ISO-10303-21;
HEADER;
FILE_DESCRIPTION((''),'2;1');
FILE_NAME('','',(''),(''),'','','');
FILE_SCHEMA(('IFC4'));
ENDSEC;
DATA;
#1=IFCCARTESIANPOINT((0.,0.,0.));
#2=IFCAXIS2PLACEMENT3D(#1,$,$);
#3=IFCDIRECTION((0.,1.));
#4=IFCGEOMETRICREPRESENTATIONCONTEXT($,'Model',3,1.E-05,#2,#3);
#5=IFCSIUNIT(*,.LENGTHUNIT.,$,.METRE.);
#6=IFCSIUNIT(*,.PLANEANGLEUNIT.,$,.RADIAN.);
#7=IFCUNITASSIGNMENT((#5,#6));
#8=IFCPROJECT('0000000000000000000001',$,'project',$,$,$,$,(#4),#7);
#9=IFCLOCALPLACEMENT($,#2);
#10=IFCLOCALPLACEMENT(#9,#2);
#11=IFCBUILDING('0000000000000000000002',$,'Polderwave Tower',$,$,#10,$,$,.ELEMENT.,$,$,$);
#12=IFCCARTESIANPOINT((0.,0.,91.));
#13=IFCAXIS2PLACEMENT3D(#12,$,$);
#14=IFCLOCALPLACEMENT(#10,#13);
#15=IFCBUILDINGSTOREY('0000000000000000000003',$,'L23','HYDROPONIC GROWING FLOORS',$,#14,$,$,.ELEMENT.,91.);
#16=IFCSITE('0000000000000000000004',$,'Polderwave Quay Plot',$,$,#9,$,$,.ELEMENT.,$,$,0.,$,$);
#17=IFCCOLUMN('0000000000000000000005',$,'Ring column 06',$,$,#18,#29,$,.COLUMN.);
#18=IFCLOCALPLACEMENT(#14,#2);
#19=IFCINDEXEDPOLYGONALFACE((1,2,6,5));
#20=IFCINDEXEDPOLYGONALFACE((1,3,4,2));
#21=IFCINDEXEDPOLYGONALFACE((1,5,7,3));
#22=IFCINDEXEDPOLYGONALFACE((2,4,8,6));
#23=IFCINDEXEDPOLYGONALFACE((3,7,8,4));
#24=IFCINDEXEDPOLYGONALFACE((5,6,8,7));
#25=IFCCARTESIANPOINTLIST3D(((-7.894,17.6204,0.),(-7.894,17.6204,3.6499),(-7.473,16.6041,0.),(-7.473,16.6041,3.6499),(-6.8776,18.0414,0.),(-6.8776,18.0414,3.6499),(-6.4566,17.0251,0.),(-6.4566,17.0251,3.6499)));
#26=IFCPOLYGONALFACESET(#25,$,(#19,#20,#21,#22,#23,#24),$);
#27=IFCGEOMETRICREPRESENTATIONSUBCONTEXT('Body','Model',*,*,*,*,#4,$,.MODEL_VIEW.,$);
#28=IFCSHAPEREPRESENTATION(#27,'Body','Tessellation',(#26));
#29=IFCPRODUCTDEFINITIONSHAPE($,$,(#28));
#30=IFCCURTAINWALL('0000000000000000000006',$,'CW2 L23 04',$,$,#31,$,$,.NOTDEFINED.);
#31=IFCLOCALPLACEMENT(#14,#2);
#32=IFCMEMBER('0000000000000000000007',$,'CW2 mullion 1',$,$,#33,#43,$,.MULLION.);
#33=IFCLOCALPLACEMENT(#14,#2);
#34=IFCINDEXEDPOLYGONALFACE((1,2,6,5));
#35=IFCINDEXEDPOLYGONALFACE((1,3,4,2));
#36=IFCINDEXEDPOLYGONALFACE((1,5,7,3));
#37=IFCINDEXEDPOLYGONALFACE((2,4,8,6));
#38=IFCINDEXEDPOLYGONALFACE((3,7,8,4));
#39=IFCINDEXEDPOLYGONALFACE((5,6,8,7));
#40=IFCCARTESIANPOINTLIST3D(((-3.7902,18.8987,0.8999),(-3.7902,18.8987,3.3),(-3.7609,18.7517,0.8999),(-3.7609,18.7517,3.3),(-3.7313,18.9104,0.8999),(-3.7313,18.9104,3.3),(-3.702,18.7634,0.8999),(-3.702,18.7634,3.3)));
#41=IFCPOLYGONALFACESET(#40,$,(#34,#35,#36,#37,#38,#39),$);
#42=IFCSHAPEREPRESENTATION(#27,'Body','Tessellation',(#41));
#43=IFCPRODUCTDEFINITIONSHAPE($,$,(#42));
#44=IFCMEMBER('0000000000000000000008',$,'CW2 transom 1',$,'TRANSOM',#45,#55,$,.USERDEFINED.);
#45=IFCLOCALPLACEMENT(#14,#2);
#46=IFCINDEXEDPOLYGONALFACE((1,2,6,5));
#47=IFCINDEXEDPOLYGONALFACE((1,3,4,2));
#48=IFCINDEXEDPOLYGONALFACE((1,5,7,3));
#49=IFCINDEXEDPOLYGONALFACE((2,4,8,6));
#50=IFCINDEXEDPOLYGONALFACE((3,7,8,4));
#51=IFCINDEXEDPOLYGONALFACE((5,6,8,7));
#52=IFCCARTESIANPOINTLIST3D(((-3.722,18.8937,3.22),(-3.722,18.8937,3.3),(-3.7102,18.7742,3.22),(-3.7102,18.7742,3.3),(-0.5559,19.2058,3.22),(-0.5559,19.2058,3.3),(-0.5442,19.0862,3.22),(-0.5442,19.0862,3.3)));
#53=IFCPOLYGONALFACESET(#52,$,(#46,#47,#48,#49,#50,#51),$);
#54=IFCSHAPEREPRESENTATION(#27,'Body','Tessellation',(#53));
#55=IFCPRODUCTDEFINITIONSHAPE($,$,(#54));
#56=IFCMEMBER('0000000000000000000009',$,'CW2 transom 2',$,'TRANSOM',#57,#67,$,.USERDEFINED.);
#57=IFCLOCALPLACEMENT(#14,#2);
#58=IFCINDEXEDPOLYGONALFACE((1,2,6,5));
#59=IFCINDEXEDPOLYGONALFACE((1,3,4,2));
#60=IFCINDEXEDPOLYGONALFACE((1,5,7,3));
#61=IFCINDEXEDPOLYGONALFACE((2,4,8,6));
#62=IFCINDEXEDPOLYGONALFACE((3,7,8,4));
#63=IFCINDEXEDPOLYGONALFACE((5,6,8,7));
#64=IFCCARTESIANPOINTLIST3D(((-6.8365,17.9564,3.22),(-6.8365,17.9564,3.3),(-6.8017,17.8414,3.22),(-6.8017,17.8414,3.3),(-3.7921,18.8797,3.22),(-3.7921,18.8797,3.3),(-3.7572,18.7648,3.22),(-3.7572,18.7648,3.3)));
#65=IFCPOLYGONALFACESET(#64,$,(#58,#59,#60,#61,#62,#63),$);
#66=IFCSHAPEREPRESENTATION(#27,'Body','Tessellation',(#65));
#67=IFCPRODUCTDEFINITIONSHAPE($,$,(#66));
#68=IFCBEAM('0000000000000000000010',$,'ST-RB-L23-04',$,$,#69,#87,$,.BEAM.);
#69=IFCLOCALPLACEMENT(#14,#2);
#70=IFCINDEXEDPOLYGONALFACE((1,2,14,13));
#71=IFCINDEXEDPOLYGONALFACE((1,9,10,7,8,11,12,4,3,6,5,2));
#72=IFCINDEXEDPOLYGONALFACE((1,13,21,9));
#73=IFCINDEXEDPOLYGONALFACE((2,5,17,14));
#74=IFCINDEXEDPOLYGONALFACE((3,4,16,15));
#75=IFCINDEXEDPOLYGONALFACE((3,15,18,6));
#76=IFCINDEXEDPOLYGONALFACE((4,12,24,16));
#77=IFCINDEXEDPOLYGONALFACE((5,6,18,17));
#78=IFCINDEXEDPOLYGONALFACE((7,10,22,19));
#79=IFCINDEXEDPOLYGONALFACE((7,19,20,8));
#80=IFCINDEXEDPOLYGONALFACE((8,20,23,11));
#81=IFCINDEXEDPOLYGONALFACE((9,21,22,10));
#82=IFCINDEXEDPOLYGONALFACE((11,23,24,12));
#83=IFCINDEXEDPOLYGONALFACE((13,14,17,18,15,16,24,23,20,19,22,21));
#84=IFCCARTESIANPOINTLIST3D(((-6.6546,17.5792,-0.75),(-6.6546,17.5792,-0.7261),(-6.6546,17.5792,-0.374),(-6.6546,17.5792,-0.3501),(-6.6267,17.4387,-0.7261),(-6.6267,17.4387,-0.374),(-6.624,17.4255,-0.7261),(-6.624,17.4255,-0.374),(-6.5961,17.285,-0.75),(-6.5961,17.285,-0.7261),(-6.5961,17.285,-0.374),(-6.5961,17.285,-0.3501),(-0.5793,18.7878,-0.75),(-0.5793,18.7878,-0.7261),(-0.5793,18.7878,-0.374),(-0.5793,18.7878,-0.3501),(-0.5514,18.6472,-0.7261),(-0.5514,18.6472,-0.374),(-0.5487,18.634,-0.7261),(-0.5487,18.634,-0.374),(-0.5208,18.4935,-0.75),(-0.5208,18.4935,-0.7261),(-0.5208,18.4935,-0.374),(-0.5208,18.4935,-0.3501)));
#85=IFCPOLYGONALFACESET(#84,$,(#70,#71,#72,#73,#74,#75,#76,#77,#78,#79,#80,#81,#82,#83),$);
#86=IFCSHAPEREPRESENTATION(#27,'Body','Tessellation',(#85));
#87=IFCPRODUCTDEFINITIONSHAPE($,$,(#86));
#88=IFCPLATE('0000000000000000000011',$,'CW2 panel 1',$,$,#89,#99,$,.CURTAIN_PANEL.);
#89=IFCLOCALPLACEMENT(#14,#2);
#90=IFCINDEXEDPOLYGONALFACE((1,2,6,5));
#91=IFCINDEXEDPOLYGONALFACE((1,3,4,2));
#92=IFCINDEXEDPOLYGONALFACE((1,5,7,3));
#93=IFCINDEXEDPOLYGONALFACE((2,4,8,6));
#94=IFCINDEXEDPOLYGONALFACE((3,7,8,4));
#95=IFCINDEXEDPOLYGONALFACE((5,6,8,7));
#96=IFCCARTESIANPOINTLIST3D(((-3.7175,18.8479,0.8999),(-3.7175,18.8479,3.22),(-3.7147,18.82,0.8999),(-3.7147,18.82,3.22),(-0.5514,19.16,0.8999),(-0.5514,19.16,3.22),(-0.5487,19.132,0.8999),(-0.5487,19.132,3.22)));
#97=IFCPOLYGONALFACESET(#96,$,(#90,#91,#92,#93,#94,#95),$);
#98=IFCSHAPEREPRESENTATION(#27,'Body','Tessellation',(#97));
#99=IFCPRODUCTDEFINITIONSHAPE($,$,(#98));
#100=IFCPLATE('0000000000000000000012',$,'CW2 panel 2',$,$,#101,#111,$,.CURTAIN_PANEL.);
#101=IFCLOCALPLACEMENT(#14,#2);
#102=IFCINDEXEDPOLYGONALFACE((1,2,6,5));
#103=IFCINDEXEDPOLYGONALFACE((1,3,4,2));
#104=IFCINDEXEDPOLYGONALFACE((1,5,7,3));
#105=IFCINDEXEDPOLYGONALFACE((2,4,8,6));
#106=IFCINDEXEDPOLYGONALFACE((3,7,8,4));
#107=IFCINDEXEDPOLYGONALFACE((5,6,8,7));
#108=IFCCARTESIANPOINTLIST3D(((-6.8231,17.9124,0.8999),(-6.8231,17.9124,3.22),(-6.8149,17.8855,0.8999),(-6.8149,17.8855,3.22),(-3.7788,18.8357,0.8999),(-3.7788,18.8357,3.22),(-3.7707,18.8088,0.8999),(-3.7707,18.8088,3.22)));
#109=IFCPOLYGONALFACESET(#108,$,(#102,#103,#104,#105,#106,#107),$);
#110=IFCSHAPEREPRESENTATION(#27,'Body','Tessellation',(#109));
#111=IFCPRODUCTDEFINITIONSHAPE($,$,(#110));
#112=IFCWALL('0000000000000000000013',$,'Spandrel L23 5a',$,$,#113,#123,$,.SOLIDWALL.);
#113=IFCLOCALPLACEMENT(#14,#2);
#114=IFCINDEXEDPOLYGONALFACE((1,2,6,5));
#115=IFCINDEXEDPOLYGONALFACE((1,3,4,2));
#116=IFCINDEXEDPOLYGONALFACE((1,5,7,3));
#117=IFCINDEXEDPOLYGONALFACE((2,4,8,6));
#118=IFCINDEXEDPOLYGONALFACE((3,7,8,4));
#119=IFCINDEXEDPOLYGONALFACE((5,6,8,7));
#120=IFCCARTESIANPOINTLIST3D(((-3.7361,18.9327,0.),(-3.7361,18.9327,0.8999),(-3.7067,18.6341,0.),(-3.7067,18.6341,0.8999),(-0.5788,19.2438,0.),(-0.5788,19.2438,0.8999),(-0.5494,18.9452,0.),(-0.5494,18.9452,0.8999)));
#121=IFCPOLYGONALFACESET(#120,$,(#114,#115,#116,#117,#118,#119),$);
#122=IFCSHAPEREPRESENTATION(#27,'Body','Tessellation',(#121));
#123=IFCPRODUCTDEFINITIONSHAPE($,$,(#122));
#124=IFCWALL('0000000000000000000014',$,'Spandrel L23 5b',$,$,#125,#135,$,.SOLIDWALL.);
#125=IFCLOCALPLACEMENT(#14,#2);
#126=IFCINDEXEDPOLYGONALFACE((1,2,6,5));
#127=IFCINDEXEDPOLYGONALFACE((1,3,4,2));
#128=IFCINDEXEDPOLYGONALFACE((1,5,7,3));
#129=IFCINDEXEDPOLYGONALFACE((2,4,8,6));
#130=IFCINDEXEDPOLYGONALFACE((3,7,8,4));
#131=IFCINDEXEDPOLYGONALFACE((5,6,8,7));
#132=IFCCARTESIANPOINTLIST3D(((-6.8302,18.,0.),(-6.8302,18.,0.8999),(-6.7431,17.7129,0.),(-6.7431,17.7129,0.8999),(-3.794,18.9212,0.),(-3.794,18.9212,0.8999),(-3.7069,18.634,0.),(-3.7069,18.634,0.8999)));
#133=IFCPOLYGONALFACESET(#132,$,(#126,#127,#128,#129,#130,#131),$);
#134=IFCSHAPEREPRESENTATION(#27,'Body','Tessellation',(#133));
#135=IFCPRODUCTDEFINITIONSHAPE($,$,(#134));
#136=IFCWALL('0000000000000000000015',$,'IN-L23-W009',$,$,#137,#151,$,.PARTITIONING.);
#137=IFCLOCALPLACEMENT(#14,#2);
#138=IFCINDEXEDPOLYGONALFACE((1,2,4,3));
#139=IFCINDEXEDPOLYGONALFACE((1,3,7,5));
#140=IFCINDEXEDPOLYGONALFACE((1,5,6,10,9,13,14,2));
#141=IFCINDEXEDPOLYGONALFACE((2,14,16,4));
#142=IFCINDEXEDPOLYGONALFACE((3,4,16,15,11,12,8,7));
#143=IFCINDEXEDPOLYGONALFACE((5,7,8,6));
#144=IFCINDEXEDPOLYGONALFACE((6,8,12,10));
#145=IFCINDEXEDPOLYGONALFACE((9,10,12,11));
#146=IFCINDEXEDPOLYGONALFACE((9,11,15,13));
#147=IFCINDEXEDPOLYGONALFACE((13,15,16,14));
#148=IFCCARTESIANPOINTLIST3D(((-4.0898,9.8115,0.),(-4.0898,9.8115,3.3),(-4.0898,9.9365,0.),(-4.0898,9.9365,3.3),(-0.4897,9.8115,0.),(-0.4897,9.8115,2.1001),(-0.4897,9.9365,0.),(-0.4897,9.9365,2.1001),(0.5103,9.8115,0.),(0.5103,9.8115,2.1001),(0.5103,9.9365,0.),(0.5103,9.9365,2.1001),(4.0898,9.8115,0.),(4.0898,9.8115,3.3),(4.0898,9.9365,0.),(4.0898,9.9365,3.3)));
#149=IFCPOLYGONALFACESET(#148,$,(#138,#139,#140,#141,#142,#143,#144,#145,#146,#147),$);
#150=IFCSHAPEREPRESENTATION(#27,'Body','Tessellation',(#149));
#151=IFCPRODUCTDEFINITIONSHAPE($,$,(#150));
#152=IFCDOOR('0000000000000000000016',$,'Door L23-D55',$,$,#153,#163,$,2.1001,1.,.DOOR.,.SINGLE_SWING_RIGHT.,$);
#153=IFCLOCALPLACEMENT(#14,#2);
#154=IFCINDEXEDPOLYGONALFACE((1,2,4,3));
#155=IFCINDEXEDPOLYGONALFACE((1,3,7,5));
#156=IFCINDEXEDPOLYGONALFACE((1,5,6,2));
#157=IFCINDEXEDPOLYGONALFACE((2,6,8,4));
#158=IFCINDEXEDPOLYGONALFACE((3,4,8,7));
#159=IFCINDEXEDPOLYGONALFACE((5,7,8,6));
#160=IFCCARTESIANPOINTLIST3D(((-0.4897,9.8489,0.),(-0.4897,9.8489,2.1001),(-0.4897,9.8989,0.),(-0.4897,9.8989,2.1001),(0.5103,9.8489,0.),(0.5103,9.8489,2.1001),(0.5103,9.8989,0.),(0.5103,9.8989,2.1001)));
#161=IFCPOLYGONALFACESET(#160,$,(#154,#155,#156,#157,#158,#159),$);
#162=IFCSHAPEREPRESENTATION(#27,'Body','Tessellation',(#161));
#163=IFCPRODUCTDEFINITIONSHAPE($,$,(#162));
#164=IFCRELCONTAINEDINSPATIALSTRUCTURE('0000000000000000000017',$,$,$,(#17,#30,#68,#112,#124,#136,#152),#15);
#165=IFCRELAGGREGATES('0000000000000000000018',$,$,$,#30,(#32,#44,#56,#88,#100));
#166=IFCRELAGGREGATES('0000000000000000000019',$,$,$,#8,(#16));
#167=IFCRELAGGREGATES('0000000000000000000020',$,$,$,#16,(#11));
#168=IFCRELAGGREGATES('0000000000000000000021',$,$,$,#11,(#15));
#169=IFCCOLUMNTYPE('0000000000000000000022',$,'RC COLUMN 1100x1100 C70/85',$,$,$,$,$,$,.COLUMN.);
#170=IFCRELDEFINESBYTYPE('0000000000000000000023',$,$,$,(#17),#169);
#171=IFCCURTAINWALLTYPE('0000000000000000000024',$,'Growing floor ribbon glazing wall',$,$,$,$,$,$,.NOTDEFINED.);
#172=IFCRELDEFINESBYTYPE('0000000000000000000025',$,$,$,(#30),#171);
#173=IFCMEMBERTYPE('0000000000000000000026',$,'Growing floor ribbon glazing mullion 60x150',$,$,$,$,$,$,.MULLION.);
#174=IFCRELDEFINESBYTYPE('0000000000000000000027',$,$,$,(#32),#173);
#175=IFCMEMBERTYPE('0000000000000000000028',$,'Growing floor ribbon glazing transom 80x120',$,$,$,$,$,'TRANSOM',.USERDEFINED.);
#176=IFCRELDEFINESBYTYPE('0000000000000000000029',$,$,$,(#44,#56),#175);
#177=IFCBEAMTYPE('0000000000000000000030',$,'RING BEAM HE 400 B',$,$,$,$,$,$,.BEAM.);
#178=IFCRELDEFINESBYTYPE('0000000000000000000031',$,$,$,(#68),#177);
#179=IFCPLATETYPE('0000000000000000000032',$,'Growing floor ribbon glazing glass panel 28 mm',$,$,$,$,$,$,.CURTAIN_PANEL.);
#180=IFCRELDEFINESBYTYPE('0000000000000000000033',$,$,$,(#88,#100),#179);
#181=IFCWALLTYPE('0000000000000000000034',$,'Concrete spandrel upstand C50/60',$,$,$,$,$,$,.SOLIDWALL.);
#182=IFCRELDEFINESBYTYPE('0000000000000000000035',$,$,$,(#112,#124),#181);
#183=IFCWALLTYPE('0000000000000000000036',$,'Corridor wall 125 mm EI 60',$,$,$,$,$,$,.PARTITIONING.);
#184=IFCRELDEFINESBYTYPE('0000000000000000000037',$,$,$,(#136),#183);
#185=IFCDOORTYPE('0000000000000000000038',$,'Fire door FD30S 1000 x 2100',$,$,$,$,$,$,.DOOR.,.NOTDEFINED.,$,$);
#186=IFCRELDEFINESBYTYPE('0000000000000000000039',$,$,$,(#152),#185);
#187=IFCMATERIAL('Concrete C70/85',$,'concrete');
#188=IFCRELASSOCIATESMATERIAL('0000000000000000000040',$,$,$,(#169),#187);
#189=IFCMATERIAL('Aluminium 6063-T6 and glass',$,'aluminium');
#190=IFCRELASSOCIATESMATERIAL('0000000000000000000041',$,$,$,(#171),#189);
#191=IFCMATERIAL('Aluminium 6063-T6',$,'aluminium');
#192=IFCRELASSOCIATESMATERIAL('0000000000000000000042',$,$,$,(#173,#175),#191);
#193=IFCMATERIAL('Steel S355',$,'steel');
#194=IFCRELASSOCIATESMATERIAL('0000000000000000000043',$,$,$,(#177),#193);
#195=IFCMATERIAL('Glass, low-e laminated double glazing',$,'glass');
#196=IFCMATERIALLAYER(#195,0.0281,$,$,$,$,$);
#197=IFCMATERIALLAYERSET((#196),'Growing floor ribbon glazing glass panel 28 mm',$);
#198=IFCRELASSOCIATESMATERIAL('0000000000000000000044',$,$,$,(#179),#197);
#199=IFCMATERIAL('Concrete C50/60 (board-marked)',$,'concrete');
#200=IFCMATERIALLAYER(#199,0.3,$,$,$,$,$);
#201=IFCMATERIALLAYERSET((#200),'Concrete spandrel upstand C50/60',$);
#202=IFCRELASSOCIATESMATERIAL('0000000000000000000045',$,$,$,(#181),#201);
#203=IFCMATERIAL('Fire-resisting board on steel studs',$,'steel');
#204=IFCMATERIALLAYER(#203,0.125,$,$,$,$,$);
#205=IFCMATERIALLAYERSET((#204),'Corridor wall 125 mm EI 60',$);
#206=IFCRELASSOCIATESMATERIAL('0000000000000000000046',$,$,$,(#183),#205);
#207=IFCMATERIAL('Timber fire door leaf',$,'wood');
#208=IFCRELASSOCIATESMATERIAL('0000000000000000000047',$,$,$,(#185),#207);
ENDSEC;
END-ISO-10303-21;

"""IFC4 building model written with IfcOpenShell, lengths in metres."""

from ifc_helpers import new_model, si_unit, direction, frame, frame_2d, origin, origin_2d, place, context, subcontext, project, spatial, rectangle, i_section, extrude, material, layer, layer_set, material_profile, profile_set, type_object, element, fill, aggregate, save


model = new_model("IFC4")

# Units and contexts
model_context = context("Model", 3, precision=1e-05, world=origin(), true_north=direction((0.0, 1.0)))
body_context = subcontext(model_context, "Body", "Model", "MODEL_VIEW")
ifc_project = project(units=[si_unit("LENGTHUNIT", "METRE"), si_unit("PLANEANGLEUNIT", "RADIAN")], contexts=[model_context])

# Site, building, storey
site_placement = place(None, origin())
site = spatial("IfcSite", under=ifc_project, at=site_placement, Name="Polderwave Quay Plot", CompositionType="ELEMENT", RefElevation=0.0)
building_placement = place(site_placement, origin())
building = spatial("IfcBuilding", under=site, at=building_placement, Name="Polderwave Tower", CompositionType="ELEMENT")
storey_placement = place(building_placement, frame((0.0, 0.0, 91.0)))
storey = spatial("IfcBuildingStorey", under=building, at=storey_placement, Name="L23", Description="HYDROPONIC GROWING FLOORS", CompositionType="ELEMENT", Elevation=91.0)

# Column
ifc_material_1 = material(Name="Concrete C70/85", Category="concrete")
ifc_material_profile_1 = material_profile(ifc_material_1, rectangle(XDim=1.1001, YDim=1.1001, at=origin_2d()), Name="RC 1100x1100")
ifc_profile_set_1 = profile_set([ifc_material_profile_1], Name="Concrete C70/85")
column_type = type_object("IfcColumnType", Name="RC COLUMN 1100x1100 C70/85", PredefinedType="COLUMN", material=ifc_profile_set_1)
column_placement = place(storey_placement, frame((-7.1753, 17.3228, 0.0), z_axis=(0.0, 0.0, 1.0), x_axis=(-0.382683, 0.92388, 0.0)))
element("IfcColumn", 1, at=column_placement, inside=storey, type_object=column_type, Name="Ring column 06", PredefinedType="COLUMN", context=body_context, shape_type="SweptSolid", body=[
    extrude(rectangle(XDim=1.1001, YDim=1.1001, at=origin_2d()), origin(), (0.0, 0.0, 1.0), 3.6499),
])

# Curtain wall, members
ifc_material_2 = material(Name="Aluminium 6063-T6 and glass", Category="aluminium")
curtain_wall_type = type_object("IfcCurtainWallType", Name="Growing floor ribbon glazing wall", PredefinedType="NOTDEFINED", material=ifc_material_2)
curtain_wall_placement = place(storey_placement, origin())
curtain_wall = element("IfcCurtainWall", 2, at=curtain_wall_placement, inside=storey, type_object=curtain_wall_type, Name="CW2 L23 04", PredefinedType="NOTDEFINED")
ifc_material_3 = material(Name="Aluminium 6063-T6", Category="aluminium")
ifc_material_profile_2 = material_profile(ifc_material_3, rectangle(XDim=0.1499, YDim=0.0601, at=origin_2d()), Name="AL 60x150")
ifc_profile_set_2 = profile_set([ifc_material_profile_2], Name="Aluminium 6063-T6")
member_type_1 = type_object("IfcMemberType", Name="Growing floor ribbon glazing mullion 60x150", PredefinedType="MULLION", material=ifc_profile_set_2)
member_1_placement = place(storey_placement, frame((-3.7461, 18.8311, 0.8999), z_axis=(0.0, 0.0, 1.0), x_axis=(0.195097, -0.980784, 0.0)))
member_1 = element("IfcMember", 3, at=member_1_placement, type_object=member_type_1, Name="CW2 mullion 1", PredefinedType="MULLION", context=body_context, shape_type="SweptSolid", body=[
    extrude(rectangle(XDim=0.1499, YDim=0.0601, at=origin_2d()), origin(), (0.0, 0.0, 1.0), 2.4001),
])
ifc_material_profile_3 = material_profile(ifc_material_3, rectangle(XDim=0.1201, YDim=0.0801, at=origin_2d()), Name="AL 80x120")
ifc_profile_set_3 = profile_set([ifc_material_profile_3], Name="Aluminium 6063-T6")
member_type_2 = type_object("IfcMemberType", Name="Growing floor ribbon glazing transom 80x120", ElementType="TRANSOM", PredefinedType="USERDEFINED", material=ifc_profile_set_3)
member_2_placement = place(storey_placement, frame((-0.55, 19.146, 3.26), z_axis=(-0.995179, -0.098075, 0.0), x_axis=(0.098075, -0.995179, 0.0)))
member_2 = element("IfcMember", 4, at=member_2_placement, type_object=member_type_2, Name="CW2 transom 1", ObjectType="TRANSOM", PredefinedType="USERDEFINED", context=body_context, shape_type="SweptSolid", body=[
    extrude(rectangle(XDim=0.1201, YDim=0.0801, at=origin_2d()), origin(), (0.0, 0.0, 1.0), 3.1814),
])
member_3_placement = place(storey_placement, frame((-3.7747, 18.8223, 3.26), z_axis=(-0.956956, -0.290233, 0.0), x_axis=(0.290233, -0.956956, 0.0)))
member_3 = element("IfcMember", 5, at=member_3_placement, type_object=member_type_2, Name="CW2 transom 2", ObjectType="TRANSOM", PredefinedType="USERDEFINED", context=body_context, shape_type="SweptSolid", body=[
    extrude(rectangle(XDim=0.1201, YDim=0.0801, at=origin_2d()), origin(), (0.0, 0.0, 1.0), 3.1814),
])

# Beam
ifc_material_4 = material(Name="Steel S355", Category="steel")
ifc_material_profile_4 = material_profile(ifc_material_4, i_section(OverallWidth=0.3, OverallDepth=0.3999, WebThickness=0.0134, FlangeThickness=0.0239, at=origin_2d()), Name="HE 400 B")
ifc_profile_set_4 = profile_set([ifc_material_profile_4], Name="Steel S355")
beam_type = type_object("IfcBeamType", Name="RING BEAM HE 400 B", PredefinedType="BEAM", material=ifc_profile_set_4)
beam_placement = place(storey_placement, frame((-0.55, 18.6406, -0.55), z_axis=(-0.980783, -0.1951, 0.0), x_axis=(0.1951, -0.980783, 0.0)))
element("IfcBeam", 6, at=beam_placement, inside=storey, type_object=beam_type, Name="ST-RB-L23-04", PredefinedType="BEAM", context=body_context, shape_type="SweptSolid", body=[
    extrude(i_section(OverallWidth=0.3, OverallDepth=0.3999, WebThickness=0.0134, FlangeThickness=0.0239, at=origin_2d()), origin(), (0.0, 0.0, 1.0), 6.1943),
])

# Plates
ifc_material_5 = material(Name="Glass, low-e laminated double glazing", Category="glass")
ifc_layer_1 = layer(ifc_material_5, 0.0281)
ifc_layer_set_1 = layer_set([ifc_layer_1], Name="Growing floor ribbon glazing glass panel 28 mm")
plate_type = type_object("IfcPlateType", Name="Growing floor ribbon glazing glass panel 28 mm", PredefinedType="CURTAIN_PANEL", material=ifc_layer_set_1)
plate_1_placement = place(storey_placement, frame((-2.1331, 18.99, 0.8999), z_axis=(0.0, 0.0, 1.0), x_axis=(-0.995178, -0.098085, 0.0)))
plate_1 = element("IfcPlate", 7, at=plate_1_placement, type_object=plate_type, Name="CW2 panel 1", PredefinedType="CURTAIN_PANEL", context=body_context, shape_type="SweptSolid", body=[
    extrude(rectangle(XDim=3.1814, YDim=0.0281, at=origin_2d()), origin(), (0.0, 0.0, 1.0), 2.3201),
])
plate_2_placement = place(storey_placement, frame((-5.2969, 18.3606, 0.8999), z_axis=(0.0, 0.0, 1.0), x_axis=(-0.956956, -0.290233, 0.0)))
plate_2 = element("IfcPlate", 8, at=plate_2_placement, type_object=plate_type, Name="CW2 panel 2", PredefinedType="CURTAIN_PANEL", context=body_context, shape_type="SweptSolid", body=[
    extrude(rectangle(XDim=3.1812, YDim=0.0281, at=origin_2d()), origin(), (0.0, 0.0, 1.0), 2.3201),
])
aggregate(curtain_wall, [member_1, member_2, member_3, plate_1, plate_2])

# Walls
ifc_material_6 = material(Name="Concrete C50/60 (board-marked)", Category="concrete")
ifc_layer_2 = layer(ifc_material_6, 0.3)
ifc_layer_set_2 = layer_set([ifc_layer_2], Name="Concrete spandrel upstand C50/60")
wall_type_1 = type_object("IfcWallType", Name="Concrete spandrel upstand C50/60", PredefinedType="SOLIDWALL", material=ifc_layer_set_2)
wall_1_placement = place(storey_placement, frame((-0.564, 19.0945, 0.0), z_axis=(0.0, 0.0, 1.0), x_axis=(-0.995182, -0.098041, 0.0)))
element("IfcWall", 9, at=wall_1_placement, inside=storey, type_object=wall_type_1, Name="Spandrel L23 5a", PredefinedType="SOLIDWALL", context=body_context, shape_type="SweptSolid", body=[
    extrude(rectangle(XDim=3.1726, YDim=0.3, at=frame_2d((1.5864, 0.0))), origin(), (0.0, 0.0, 1.0), 0.8999),
])
wall_2_placement = place(storey_placement, frame((-3.7505, 18.7776, 0.0), z_axis=(0.0, 0.0, 1.0), x_axis=(-0.956928, -0.290326, 0.0)))
element("IfcWall", 10, at=wall_2_placement, inside=storey, type_object=wall_type_1, Name="Spandrel L23 5b", PredefinedType="SOLIDWALL", context=body_context, shape_type="SweptSolid", body=[
    extrude(rectangle(XDim=3.1729, YDim=0.3, at=frame_2d((1.5864, 0.0))), origin(), (0.0, 0.0, 1.0), 0.8999),
])

# Wall, opening, door
ifc_material_7 = material(Name="Fire-resisting board on steel studs", Category="steel")
ifc_layer_3 = layer(ifc_material_7, 0.125)
ifc_layer_set_3 = layer_set([ifc_layer_3], Name="Corridor wall 125 mm EI 60")
wall_type_2 = type_object("IfcWallType", Name="Corridor wall 125 mm EI 60", PredefinedType="PARTITIONING", material=ifc_layer_set_3)
wall_3_placement = place(storey_placement, frame((-4.0898, 9.874, 0.0), z_axis=(0.0, 0.0, 1.0), x_axis=(1.0, 0.0, 0.0)))
wall_3 = element("IfcWall", 11, at=wall_3_placement, inside=storey, type_object=wall_type_2, Name="IN-L23-W009", PredefinedType="PARTITIONING", context=body_context, shape_type="SweptSolid", body=[
    extrude(rectangle(XDim=8.1797, YDim=0.125, at=frame_2d((4.0898, 0.0))), origin(), (0.0, 0.0, 1.0), 3.3),
])
opening_1_placement = place(wall_3_placement, frame((3.6001, 0.0, 0.0)))
opening_1 = element("IfcOpeningElement", 12, at=opening_1_placement, cuts=wall_3, PredefinedType="OPENING", context=body_context, shape_type="SweptSolid", body=[
    extrude(rectangle(XDim=1.0, YDim=2.1001, at=frame_2d((0.5, 1.05))), frame((0.0, 0.0725, 0.0), z_axis=(0.0, -1.0, 0.0), x_axis=(1.0, 0.0, 0.0)), (0.0, 0.0, 1.0), 0.145),
])
ifc_material_8 = material(Name="Timber fire door leaf", Category="wood")
door_type_1 = type_object("IfcDoorType", Name="Fire door FD30S 1000 x 2100", OperationType="NOTDEFINED", PredefinedType="DOOR", material=ifc_material_8)
door_1_placement = place(opening_1_placement, origin())
door_1 = element("IfcDoor", 13, at=door_1_placement, inside=storey, type_object=door_type_1, Name="Door L23-D55", OperationType="SINGLE_SWING_RIGHT", OverallHeight=2.1001, OverallWidth=1.0, PredefinedType="DOOR", context=body_context, shape_type="SweptSolid", body=[
    extrude(rectangle(XDim=1.0, YDim=2.1001, at=frame_2d((0.5, 1.05))), frame((0.0, 0.0249, 0.0), z_axis=(0.0, -1.0, 0.0), x_axis=(1.0, 0.0, 0.0)), (0.0, 0.0, 1.0), 0.05),
])
fill(opening_1, door_1)

save(model, "model.ifc")
